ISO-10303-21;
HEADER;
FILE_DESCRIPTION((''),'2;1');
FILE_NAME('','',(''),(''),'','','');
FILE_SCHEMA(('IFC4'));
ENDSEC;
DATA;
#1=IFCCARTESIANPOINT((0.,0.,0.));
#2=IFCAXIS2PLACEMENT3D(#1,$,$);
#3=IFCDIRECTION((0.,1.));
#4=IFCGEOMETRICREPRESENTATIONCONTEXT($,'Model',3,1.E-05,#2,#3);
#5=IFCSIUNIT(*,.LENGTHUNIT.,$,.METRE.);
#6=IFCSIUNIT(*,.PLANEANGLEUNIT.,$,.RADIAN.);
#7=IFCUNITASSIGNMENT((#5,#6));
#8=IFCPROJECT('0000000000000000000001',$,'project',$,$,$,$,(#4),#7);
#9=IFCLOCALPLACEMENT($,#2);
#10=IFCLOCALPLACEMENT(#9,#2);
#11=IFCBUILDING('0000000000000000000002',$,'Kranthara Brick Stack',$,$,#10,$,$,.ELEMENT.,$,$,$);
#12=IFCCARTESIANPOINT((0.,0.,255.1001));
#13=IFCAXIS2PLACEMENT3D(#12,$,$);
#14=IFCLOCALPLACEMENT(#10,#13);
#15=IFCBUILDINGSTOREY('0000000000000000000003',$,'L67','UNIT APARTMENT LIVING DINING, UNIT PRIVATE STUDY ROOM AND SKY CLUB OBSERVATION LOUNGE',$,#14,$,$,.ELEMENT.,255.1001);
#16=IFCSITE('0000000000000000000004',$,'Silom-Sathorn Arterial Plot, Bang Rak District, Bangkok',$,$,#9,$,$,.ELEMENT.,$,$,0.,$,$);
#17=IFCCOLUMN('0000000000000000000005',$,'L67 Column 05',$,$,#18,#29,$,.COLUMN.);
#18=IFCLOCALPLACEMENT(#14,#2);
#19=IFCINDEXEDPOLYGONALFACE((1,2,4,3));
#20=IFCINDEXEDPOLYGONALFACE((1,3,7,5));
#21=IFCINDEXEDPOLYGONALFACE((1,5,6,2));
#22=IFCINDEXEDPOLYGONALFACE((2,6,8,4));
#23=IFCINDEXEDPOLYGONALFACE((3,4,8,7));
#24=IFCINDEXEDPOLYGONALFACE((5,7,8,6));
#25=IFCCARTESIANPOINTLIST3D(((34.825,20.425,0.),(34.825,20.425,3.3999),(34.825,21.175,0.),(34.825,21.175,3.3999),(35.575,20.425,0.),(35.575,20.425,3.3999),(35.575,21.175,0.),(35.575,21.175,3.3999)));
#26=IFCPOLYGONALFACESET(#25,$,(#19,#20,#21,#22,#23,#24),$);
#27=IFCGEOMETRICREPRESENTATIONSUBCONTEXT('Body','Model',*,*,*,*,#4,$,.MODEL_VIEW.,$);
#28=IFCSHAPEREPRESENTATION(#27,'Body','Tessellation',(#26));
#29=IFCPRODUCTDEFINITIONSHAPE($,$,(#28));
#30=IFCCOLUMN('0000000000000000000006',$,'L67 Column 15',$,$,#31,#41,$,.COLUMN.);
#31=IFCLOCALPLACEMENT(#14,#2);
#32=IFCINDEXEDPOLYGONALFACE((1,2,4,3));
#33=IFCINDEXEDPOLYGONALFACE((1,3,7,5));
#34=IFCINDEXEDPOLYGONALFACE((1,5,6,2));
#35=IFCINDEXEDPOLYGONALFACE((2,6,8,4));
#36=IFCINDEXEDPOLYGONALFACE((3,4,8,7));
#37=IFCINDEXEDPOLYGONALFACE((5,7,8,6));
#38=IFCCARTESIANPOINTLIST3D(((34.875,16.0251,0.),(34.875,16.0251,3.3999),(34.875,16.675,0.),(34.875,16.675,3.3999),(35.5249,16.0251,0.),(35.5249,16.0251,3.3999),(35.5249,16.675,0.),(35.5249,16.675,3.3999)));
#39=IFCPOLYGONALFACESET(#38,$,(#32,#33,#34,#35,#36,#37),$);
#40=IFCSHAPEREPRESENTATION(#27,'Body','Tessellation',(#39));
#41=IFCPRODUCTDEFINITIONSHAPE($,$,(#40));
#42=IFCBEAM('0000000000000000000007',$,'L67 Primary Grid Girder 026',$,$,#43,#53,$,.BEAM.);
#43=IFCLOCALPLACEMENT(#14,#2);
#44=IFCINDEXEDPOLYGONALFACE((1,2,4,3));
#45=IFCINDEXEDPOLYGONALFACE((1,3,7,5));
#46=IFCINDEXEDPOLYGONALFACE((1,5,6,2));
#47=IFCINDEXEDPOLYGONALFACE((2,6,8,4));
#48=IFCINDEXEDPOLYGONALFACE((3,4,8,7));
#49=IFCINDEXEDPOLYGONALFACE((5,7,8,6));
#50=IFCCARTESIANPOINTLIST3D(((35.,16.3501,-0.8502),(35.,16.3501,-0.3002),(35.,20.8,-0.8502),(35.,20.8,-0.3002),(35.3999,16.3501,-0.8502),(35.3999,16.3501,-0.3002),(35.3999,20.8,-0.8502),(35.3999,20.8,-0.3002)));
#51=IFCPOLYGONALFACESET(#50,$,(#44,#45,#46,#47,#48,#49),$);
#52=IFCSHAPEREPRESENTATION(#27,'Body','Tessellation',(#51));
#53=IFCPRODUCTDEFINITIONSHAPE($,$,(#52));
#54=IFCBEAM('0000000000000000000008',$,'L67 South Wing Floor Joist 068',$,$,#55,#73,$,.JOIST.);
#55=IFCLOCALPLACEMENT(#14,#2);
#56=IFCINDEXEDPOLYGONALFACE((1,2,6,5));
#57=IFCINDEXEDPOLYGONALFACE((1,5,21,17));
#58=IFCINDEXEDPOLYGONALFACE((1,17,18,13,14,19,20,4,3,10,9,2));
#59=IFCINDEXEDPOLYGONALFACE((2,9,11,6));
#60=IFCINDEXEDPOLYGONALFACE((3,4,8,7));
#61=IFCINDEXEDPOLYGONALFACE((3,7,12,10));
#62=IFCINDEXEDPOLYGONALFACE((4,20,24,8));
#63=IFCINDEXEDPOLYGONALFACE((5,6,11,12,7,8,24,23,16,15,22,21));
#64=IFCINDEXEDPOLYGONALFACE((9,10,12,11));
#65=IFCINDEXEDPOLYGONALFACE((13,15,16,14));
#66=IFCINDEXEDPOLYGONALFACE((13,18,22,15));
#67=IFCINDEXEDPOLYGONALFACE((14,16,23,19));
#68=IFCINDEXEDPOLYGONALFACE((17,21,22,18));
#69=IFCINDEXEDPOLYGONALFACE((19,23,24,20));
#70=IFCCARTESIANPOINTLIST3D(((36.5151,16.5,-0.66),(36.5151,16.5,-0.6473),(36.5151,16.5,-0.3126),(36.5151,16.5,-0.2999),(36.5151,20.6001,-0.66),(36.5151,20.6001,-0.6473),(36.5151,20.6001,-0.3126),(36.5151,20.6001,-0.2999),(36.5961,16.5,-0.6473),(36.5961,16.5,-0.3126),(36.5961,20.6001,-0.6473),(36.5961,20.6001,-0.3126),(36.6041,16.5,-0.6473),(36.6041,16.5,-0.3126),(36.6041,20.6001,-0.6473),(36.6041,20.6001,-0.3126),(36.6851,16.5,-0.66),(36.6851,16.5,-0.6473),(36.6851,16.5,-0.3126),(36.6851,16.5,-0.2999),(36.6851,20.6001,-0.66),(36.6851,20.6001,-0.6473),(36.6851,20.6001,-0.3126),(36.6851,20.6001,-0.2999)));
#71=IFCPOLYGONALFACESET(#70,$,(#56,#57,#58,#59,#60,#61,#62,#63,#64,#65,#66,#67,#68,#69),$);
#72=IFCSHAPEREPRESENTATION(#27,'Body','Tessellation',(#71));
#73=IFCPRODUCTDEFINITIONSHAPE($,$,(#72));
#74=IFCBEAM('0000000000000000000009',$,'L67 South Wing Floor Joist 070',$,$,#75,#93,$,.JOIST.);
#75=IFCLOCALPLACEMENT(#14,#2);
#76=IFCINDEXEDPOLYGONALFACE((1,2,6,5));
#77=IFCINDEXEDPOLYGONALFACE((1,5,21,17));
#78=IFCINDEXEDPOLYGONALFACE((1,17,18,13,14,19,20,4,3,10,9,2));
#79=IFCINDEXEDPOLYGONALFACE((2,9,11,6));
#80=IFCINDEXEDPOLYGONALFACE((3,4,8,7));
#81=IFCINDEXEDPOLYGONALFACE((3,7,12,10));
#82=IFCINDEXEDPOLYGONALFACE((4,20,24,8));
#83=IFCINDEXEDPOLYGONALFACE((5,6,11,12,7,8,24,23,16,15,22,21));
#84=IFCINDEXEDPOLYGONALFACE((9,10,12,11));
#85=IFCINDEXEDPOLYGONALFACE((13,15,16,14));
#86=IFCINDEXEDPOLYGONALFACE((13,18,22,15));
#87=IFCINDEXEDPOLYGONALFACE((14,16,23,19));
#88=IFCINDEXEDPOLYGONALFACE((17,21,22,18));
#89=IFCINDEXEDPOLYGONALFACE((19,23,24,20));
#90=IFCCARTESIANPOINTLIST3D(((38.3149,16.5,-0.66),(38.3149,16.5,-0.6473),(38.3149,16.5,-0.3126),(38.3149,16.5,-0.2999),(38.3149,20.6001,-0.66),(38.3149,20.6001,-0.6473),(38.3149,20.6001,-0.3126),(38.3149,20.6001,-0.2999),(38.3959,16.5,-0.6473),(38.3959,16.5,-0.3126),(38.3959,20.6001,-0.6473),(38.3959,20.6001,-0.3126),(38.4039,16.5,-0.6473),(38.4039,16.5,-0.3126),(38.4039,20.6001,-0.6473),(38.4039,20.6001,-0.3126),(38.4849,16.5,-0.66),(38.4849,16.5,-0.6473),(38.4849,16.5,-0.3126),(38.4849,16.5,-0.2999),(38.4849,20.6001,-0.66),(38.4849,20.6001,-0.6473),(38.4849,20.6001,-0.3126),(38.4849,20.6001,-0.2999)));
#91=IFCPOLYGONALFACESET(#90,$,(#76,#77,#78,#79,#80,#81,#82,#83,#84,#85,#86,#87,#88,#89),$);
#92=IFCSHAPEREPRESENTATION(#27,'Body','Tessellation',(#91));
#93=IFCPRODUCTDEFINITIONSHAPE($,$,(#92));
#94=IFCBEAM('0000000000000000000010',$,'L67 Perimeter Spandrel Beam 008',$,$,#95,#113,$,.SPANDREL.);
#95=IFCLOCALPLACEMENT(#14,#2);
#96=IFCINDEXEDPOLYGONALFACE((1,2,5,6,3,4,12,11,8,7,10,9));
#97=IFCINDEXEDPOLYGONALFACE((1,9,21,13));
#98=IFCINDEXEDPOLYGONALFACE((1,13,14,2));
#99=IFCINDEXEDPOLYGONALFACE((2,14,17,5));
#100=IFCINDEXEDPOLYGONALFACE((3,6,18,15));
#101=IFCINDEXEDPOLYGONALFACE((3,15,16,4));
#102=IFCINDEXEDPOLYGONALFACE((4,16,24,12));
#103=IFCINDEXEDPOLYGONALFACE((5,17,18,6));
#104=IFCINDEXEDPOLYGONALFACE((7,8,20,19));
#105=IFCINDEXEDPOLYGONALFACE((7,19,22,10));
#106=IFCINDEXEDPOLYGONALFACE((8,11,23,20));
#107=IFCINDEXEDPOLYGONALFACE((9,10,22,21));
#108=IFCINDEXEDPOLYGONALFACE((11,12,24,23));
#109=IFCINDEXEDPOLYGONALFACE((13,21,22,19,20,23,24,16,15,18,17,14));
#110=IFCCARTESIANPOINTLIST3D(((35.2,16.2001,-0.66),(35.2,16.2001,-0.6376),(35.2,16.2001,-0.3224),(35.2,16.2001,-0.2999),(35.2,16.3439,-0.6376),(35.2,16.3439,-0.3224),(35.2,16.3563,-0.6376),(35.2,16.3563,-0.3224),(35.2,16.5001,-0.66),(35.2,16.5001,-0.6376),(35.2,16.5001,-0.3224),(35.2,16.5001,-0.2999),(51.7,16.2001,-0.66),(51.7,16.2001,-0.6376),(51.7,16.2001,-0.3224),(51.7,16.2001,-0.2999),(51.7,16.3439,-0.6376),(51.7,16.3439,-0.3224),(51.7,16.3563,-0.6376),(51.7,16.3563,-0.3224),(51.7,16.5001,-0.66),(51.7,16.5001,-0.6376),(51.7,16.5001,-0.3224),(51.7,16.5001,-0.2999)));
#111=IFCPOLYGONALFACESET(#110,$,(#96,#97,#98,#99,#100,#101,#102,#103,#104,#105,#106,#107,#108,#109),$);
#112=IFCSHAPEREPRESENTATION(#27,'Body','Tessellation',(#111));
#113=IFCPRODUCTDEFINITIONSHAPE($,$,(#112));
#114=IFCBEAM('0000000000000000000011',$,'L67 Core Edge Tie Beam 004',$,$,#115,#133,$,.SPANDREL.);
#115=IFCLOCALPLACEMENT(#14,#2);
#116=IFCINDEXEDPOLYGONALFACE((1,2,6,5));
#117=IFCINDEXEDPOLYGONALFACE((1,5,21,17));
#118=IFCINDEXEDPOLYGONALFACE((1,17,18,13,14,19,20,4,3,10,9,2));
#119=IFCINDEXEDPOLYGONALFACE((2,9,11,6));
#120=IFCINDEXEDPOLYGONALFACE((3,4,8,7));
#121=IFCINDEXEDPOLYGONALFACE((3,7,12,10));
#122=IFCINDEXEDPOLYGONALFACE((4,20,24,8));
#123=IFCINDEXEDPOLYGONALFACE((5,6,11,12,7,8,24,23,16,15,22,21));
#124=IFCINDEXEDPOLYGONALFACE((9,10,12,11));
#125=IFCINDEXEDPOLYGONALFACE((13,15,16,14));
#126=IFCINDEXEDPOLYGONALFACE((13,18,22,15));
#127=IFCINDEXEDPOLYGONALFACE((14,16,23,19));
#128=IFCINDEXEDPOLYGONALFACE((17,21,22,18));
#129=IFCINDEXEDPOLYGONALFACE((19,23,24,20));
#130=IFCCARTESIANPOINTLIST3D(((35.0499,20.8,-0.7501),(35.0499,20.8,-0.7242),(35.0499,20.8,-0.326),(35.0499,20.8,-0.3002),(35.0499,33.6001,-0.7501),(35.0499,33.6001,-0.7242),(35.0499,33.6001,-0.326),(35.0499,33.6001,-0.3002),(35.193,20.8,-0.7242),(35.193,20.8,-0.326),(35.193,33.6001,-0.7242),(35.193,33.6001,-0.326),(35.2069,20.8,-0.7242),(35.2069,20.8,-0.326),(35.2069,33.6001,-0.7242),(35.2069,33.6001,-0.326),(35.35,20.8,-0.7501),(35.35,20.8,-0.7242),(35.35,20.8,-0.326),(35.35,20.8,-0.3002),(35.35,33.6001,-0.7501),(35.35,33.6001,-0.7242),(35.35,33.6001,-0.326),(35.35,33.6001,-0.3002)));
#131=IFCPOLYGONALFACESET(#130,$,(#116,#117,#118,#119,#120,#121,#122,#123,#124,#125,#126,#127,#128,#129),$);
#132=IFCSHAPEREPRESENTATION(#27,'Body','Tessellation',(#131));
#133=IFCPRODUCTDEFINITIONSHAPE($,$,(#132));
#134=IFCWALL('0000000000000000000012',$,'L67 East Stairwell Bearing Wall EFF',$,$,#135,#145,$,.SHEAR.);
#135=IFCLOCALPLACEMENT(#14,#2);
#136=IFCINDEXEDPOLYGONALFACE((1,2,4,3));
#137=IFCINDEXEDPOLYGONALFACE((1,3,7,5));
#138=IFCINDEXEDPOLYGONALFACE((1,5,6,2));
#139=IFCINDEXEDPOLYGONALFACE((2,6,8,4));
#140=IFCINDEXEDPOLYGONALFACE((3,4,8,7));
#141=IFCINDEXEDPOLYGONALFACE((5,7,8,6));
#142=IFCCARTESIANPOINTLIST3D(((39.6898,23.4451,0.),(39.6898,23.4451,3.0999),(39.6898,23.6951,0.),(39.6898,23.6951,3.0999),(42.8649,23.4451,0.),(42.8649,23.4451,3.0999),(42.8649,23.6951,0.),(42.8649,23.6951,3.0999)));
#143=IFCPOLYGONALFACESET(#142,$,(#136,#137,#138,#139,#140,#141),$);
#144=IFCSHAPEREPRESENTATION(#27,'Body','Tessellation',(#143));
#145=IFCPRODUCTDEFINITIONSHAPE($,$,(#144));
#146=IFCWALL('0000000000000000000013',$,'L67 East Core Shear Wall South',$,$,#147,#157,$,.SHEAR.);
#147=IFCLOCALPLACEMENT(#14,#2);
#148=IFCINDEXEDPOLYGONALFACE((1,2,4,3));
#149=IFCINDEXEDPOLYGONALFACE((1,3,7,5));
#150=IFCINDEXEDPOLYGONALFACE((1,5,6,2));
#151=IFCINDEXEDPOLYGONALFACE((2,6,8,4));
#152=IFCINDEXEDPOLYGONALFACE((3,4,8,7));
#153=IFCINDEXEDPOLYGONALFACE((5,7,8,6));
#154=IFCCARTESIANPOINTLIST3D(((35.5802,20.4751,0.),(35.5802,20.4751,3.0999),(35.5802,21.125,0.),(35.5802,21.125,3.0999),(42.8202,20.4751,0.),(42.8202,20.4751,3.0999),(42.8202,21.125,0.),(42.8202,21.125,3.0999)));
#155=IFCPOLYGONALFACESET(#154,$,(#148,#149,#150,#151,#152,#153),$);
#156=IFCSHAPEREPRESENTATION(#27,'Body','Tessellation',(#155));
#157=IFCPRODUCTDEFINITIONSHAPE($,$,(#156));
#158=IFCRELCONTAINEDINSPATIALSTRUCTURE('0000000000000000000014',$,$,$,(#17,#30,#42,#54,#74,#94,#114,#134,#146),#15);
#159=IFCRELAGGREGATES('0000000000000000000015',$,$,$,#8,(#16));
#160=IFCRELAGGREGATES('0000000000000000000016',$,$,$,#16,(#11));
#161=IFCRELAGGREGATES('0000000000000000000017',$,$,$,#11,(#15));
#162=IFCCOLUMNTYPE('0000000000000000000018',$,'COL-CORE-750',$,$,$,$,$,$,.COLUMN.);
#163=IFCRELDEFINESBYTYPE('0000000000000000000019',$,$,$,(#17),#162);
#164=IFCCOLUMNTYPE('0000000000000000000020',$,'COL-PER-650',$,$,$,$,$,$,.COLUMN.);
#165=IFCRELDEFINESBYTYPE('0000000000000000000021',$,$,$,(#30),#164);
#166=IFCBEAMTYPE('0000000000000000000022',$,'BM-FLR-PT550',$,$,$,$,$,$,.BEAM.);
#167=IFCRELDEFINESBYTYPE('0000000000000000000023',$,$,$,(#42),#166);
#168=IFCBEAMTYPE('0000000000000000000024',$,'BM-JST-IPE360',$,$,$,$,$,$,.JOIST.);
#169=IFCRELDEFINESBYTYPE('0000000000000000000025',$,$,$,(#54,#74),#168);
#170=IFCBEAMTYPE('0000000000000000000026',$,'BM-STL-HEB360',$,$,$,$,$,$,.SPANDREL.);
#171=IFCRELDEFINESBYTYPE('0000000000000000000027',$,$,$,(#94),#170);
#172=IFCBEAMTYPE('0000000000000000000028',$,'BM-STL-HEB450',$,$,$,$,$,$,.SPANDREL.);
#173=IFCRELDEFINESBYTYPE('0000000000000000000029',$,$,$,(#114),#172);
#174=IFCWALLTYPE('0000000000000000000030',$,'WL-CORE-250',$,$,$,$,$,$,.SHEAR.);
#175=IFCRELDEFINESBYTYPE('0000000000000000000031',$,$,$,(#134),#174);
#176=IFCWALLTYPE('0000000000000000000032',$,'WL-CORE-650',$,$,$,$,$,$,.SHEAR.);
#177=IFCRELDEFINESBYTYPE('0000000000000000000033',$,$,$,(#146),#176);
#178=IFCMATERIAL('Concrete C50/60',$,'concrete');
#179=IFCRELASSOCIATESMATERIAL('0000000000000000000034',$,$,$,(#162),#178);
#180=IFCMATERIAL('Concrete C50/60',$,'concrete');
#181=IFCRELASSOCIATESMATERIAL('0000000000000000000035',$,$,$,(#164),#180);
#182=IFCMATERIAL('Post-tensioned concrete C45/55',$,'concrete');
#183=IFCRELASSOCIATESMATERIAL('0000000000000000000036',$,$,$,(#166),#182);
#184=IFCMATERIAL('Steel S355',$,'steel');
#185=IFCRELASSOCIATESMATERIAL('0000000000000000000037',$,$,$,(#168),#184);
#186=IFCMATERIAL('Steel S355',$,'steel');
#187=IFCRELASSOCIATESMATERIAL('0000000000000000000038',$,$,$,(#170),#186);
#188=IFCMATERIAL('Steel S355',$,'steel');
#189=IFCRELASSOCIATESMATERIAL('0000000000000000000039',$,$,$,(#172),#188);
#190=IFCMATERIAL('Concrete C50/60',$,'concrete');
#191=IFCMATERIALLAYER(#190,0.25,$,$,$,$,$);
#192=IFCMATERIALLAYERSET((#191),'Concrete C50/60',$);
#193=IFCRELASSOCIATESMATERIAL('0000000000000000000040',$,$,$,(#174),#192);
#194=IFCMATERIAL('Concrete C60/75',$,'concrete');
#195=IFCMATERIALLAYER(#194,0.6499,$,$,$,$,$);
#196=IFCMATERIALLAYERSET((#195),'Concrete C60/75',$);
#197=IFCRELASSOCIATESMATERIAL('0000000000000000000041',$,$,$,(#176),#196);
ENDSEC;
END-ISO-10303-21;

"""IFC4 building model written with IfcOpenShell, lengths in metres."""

from ifc_helpers import new_model, si_unit, direction, frame, frame_2d, origin, origin_2d, place, context, subcontext, project, spatial, rectangle, i_section, extrude, material, layer, layer_set, material_profile, profile_set, type_object, element, save


model = new_model("IFC4")

# Units and contexts
model_context = context("Model", 3, precision=1e-05, world=origin(), true_north=direction((0.0, 1.0)))
body_context = subcontext(model_context, "Body", "Model", "MODEL_VIEW")
ifc_project = project(units=[si_unit("LENGTHUNIT", "METRE"), si_unit("PLANEANGLEUNIT", "RADIAN")], contexts=[model_context])

# Site, building, storey
site_placement = place(None, origin())
site = spatial("IfcSite", under=ifc_project, at=site_placement, Name="Silom-Sathorn Arterial Plot, Bang Rak District, Bangkok", CompositionType="ELEMENT", RefElevation=0.0)
building_placement = place(site_placement, origin())
building = spatial("IfcBuilding", under=site, at=building_placement, Name="Kranthara Brick Stack", CompositionType="ELEMENT")
storey_placement = place(building_placement, frame((0.0, 0.0, 255.1001)))
storey = spatial("IfcBuildingStorey", under=building, at=storey_placement, Name="L67", Description="UNIT APARTMENT LIVING DINING, UNIT PRIVATE STUDY ROOM AND SKY CLUB OBSERVATION LOUNGE", CompositionType="ELEMENT", Elevation=255.1001)

# Columns
ifc_material_1 = material(Name="Concrete C50/60", Category="concrete")
ifc_material_profile_1 = material_profile(ifc_material_1, rectangle(XDim=0.75, YDim=0.75, at=origin_2d()), Name="RC 750x750")
ifc_profile_set_1 = profile_set([ifc_material_profile_1], Name="Concrete C50/60")
column_type_1 = type_object("IfcColumnType", Name="COL-CORE-750", PredefinedType="COLUMN", material=ifc_profile_set_1)
column_1_placement = place(storey_placement, frame((35.2, 20.8, 0.0), z_axis=(0.0, 0.0, 1.0), x_axis=(1.0, 0.0, 0.0)))
element("IfcColumn", 1, at=column_1_placement, inside=storey, type_object=column_type_1, Name="L67 Column 05", PredefinedType="COLUMN", context=body_context, shape_type="SweptSolid", body=[
    extrude(rectangle(XDim=0.75, YDim=0.75, at=origin_2d()), origin(), (0.0, 0.0, 1.0), 3.3999),
])
ifc_material_2 = material(Name="Concrete C50/60", Category="concrete")
ifc_material_profile_2 = material_profile(ifc_material_2, rectangle(XDim=0.6499, YDim=0.6499, at=origin_2d()), Name="RC 650x650")
ifc_profile_set_2 = profile_set([ifc_material_profile_2], Name="Concrete C50/60")
column_type_2 = type_object("IfcColumnType", Name="COL-PER-650", PredefinedType="COLUMN", material=ifc_profile_set_2)
column_2_placement = place(storey_placement, frame((35.2, 16.3501, 0.0), z_axis=(0.0, 0.0, 1.0), x_axis=(1.0, 0.0, 0.0)))
element("IfcColumn", 2, at=column_2_placement, inside=storey, type_object=column_type_2, Name="L67 Column 15", PredefinedType="COLUMN", context=body_context, shape_type="SweptSolid", body=[
    extrude(rectangle(XDim=0.6499, YDim=0.6499, at=origin_2d()), origin(), (0.0, 0.0, 1.0), 3.3999),
])

# Beams
ifc_material_3 = material(Name="Post-tensioned concrete C45/55", Category="concrete")
ifc_material_profile_3 = material_profile(ifc_material_3, rectangle(XDim=0.3999, YDim=0.55, at=origin_2d()), Name="PT 400x550")
ifc_profile_set_3 = profile_set([ifc_material_profile_3], Name="Post-tensioned concrete C45/55")
beam_type_1 = type_object("IfcBeamType", Name="BM-FLR-PT550", PredefinedType="BEAM", material=ifc_profile_set_3)
beam_1_placement = place(storey_placement, frame((35.2, 16.3501, -0.5752), z_axis=(0.0, 1.0, 0.0), x_axis=(-1.0, 0.0, 0.0)))
element("IfcBeam", 3, at=beam_1_placement, inside=storey, type_object=beam_type_1, Name="L67 Primary Grid Girder 026", PredefinedType="BEAM", context=body_context, shape_type="SweptSolid", body=[
    extrude(rectangle(XDim=0.3999, YDim=0.55, at=origin_2d()), origin(), (0.0, 0.0, 1.0), 4.45),
])
ifc_material_4 = material(Name="Steel S355", Category="steel")
ifc_material_profile_4 = material_profile(ifc_material_4, i_section(OverallWidth=0.1699, OverallDepth=0.3601, WebThickness=0.0081, FlangeThickness=0.0127, at=origin_2d()), Name="IPE 360")
ifc_profile_set_4 = profile_set([ifc_material_profile_4], Name="Steel S355")
beam_type_2 = type_object("IfcBeamType", Name="BM-JST-IPE360", PredefinedType="JOIST", material=ifc_profile_set_4)
for number, where, z_axis, x_axis, name in (
    (4, (36.6001, 16.5, -0.48), (0.0, 1.0, 0.0), (-1.0, 0.0, 0.0), "L67 South Wing Floor Joist 068"),
    (5, (38.3999, 16.5, -0.48), (0.0, 1.0, 0.0), (-1.0, 0.0, 0.0), "L67 South Wing Floor Joist 070"),
):
    element("IfcBeam", number, at=place(storey_placement, frame(where, z_axis=z_axis, x_axis=x_axis)), inside=storey, type_object=beam_type_2, Name=name, PredefinedType="JOIST", context=body_context, shape_type="SweptSolid", body=[
        extrude(i_section(OverallWidth=0.1699, OverallDepth=0.3601, WebThickness=0.0081, FlangeThickness=0.0127, at=origin_2d()), origin(), (0.0, 0.0, 1.0), 4.1001),
    ])
ifc_material_5 = material(Name="Steel S355", Category="steel")
ifc_material_profile_5 = material_profile(ifc_material_5, i_section(OverallWidth=0.3, OverallDepth=0.3601, WebThickness=0.0125, FlangeThickness=0.0225, at=origin_2d()), Name="HEB 360")
ifc_profile_set_5 = profile_set([ifc_material_profile_5], Name="Steel S355")
beam_type_3 = type_object("IfcBeamType", Name="BM-STL-HEB360", PredefinedType="SPANDREL", material=ifc_profile_set_5)
beam_2_placement = place(storey_placement, frame((35.2, 16.3501, -0.48), z_axis=(1.0, 0.0, 0.0), x_axis=(0.0, 1.0, 0.0)))
element("IfcBeam", 6, at=beam_2_placement, inside=storey, type_object=beam_type_3, Name="L67 Perimeter Spandrel Beam 008", PredefinedType="SPANDREL", context=body_context, shape_type="SweptSolid", body=[
    extrude(i_section(OverallWidth=0.3, OverallDepth=0.3601, WebThickness=0.0125, FlangeThickness=0.0225, at=origin_2d()), origin(), (0.0, 0.0, 1.0), 16.5),
])
ifc_material_6 = material(Name="Steel S355", Category="steel")
ifc_material_profile_6 = material_profile(ifc_material_6, i_section(OverallWidth=0.3, OverallDepth=0.45, WebThickness=0.0139, FlangeThickness=0.0259, at=origin_2d()), Name="HEB 450")
ifc_profile_set_6 = profile_set([ifc_material_profile_6], Name="Steel S355")
beam_type_4 = type_object("IfcBeamType", Name="BM-STL-HEB450", PredefinedType="SPANDREL", material=ifc_profile_set_6)
beam_3_placement = place(storey_placement, frame((35.2, 20.8, -0.5251), z_axis=(0.0, 1.0, 0.0), x_axis=(-1.0, 0.0, 0.0)))
element("IfcBeam", 7, at=beam_3_placement, inside=storey, type_object=beam_type_4, Name="L67 Core Edge Tie Beam 004", PredefinedType="SPANDREL", context=body_context, shape_type="SweptSolid", body=[
    extrude(i_section(OverallWidth=0.3, OverallDepth=0.45, WebThickness=0.0139, FlangeThickness=0.0259, at=origin_2d()), origin(), (0.0, 0.0, 1.0), 12.8),
])

# Shared definitions
ifc_material_7 = material(Name="Concrete C50/60", Category="concrete")
ifc_layer_1 = layer(ifc_material_7, 0.25)
ifc_layer_set_1 = layer_set([ifc_layer_1], Name="Concrete C50/60")
wall_type_1 = type_object("IfcWallType", Name="WL-CORE-250", PredefinedType="SHEAR", material=ifc_layer_set_1)

# Walls
wall_1_placement = place(storey_placement, frame((39.6899, 23.5701, 0.0), z_axis=(0.0, 0.0, 1.0), x_axis=(1.0, 0.0, 0.0)))
element("IfcWall", 8, at=wall_1_placement, inside=storey, type_object=wall_type_1, Name="L67 East Stairwell Bearing Wall EFF", PredefinedType="SHEAR", context=body_context, shape_type="SweptSolid", body=[
    extrude(rectangle(XDim=3.175, YDim=0.25, at=frame_2d((1.5874, 0.0))), origin(), (0.0, 0.0, 1.0), 3.0999),
])
ifc_material_8 = material(Name="Concrete C60/75", Category="concrete")
ifc_layer_2 = layer(ifc_material_8, 0.6499)
ifc_layer_set_2 = layer_set([ifc_layer_2], Name="Concrete C60/75")
wall_type_2 = type_object("IfcWallType", Name="WL-CORE-650", PredefinedType="SHEAR", material=ifc_layer_set_2)
wall_2_placement = place(storey_placement, frame((35.5801, 20.8, 0.0), z_axis=(0.0, 0.0, 1.0), x_axis=(1.0, 0.0, 0.0)))
element("IfcWall", 9, at=wall_2_placement, inside=storey, type_object=wall_type_2, Name="L67 East Core Shear Wall South", PredefinedType="SHEAR", context=body_context, shape_type="SweptSolid", body=[
    extrude(rectangle(XDim=7.24, YDim=0.6499, at=frame_2d((3.6201, 0.0))), origin(), (0.0, 0.0, 1.0), 3.0999),
])

save(model, "model.ifc")
